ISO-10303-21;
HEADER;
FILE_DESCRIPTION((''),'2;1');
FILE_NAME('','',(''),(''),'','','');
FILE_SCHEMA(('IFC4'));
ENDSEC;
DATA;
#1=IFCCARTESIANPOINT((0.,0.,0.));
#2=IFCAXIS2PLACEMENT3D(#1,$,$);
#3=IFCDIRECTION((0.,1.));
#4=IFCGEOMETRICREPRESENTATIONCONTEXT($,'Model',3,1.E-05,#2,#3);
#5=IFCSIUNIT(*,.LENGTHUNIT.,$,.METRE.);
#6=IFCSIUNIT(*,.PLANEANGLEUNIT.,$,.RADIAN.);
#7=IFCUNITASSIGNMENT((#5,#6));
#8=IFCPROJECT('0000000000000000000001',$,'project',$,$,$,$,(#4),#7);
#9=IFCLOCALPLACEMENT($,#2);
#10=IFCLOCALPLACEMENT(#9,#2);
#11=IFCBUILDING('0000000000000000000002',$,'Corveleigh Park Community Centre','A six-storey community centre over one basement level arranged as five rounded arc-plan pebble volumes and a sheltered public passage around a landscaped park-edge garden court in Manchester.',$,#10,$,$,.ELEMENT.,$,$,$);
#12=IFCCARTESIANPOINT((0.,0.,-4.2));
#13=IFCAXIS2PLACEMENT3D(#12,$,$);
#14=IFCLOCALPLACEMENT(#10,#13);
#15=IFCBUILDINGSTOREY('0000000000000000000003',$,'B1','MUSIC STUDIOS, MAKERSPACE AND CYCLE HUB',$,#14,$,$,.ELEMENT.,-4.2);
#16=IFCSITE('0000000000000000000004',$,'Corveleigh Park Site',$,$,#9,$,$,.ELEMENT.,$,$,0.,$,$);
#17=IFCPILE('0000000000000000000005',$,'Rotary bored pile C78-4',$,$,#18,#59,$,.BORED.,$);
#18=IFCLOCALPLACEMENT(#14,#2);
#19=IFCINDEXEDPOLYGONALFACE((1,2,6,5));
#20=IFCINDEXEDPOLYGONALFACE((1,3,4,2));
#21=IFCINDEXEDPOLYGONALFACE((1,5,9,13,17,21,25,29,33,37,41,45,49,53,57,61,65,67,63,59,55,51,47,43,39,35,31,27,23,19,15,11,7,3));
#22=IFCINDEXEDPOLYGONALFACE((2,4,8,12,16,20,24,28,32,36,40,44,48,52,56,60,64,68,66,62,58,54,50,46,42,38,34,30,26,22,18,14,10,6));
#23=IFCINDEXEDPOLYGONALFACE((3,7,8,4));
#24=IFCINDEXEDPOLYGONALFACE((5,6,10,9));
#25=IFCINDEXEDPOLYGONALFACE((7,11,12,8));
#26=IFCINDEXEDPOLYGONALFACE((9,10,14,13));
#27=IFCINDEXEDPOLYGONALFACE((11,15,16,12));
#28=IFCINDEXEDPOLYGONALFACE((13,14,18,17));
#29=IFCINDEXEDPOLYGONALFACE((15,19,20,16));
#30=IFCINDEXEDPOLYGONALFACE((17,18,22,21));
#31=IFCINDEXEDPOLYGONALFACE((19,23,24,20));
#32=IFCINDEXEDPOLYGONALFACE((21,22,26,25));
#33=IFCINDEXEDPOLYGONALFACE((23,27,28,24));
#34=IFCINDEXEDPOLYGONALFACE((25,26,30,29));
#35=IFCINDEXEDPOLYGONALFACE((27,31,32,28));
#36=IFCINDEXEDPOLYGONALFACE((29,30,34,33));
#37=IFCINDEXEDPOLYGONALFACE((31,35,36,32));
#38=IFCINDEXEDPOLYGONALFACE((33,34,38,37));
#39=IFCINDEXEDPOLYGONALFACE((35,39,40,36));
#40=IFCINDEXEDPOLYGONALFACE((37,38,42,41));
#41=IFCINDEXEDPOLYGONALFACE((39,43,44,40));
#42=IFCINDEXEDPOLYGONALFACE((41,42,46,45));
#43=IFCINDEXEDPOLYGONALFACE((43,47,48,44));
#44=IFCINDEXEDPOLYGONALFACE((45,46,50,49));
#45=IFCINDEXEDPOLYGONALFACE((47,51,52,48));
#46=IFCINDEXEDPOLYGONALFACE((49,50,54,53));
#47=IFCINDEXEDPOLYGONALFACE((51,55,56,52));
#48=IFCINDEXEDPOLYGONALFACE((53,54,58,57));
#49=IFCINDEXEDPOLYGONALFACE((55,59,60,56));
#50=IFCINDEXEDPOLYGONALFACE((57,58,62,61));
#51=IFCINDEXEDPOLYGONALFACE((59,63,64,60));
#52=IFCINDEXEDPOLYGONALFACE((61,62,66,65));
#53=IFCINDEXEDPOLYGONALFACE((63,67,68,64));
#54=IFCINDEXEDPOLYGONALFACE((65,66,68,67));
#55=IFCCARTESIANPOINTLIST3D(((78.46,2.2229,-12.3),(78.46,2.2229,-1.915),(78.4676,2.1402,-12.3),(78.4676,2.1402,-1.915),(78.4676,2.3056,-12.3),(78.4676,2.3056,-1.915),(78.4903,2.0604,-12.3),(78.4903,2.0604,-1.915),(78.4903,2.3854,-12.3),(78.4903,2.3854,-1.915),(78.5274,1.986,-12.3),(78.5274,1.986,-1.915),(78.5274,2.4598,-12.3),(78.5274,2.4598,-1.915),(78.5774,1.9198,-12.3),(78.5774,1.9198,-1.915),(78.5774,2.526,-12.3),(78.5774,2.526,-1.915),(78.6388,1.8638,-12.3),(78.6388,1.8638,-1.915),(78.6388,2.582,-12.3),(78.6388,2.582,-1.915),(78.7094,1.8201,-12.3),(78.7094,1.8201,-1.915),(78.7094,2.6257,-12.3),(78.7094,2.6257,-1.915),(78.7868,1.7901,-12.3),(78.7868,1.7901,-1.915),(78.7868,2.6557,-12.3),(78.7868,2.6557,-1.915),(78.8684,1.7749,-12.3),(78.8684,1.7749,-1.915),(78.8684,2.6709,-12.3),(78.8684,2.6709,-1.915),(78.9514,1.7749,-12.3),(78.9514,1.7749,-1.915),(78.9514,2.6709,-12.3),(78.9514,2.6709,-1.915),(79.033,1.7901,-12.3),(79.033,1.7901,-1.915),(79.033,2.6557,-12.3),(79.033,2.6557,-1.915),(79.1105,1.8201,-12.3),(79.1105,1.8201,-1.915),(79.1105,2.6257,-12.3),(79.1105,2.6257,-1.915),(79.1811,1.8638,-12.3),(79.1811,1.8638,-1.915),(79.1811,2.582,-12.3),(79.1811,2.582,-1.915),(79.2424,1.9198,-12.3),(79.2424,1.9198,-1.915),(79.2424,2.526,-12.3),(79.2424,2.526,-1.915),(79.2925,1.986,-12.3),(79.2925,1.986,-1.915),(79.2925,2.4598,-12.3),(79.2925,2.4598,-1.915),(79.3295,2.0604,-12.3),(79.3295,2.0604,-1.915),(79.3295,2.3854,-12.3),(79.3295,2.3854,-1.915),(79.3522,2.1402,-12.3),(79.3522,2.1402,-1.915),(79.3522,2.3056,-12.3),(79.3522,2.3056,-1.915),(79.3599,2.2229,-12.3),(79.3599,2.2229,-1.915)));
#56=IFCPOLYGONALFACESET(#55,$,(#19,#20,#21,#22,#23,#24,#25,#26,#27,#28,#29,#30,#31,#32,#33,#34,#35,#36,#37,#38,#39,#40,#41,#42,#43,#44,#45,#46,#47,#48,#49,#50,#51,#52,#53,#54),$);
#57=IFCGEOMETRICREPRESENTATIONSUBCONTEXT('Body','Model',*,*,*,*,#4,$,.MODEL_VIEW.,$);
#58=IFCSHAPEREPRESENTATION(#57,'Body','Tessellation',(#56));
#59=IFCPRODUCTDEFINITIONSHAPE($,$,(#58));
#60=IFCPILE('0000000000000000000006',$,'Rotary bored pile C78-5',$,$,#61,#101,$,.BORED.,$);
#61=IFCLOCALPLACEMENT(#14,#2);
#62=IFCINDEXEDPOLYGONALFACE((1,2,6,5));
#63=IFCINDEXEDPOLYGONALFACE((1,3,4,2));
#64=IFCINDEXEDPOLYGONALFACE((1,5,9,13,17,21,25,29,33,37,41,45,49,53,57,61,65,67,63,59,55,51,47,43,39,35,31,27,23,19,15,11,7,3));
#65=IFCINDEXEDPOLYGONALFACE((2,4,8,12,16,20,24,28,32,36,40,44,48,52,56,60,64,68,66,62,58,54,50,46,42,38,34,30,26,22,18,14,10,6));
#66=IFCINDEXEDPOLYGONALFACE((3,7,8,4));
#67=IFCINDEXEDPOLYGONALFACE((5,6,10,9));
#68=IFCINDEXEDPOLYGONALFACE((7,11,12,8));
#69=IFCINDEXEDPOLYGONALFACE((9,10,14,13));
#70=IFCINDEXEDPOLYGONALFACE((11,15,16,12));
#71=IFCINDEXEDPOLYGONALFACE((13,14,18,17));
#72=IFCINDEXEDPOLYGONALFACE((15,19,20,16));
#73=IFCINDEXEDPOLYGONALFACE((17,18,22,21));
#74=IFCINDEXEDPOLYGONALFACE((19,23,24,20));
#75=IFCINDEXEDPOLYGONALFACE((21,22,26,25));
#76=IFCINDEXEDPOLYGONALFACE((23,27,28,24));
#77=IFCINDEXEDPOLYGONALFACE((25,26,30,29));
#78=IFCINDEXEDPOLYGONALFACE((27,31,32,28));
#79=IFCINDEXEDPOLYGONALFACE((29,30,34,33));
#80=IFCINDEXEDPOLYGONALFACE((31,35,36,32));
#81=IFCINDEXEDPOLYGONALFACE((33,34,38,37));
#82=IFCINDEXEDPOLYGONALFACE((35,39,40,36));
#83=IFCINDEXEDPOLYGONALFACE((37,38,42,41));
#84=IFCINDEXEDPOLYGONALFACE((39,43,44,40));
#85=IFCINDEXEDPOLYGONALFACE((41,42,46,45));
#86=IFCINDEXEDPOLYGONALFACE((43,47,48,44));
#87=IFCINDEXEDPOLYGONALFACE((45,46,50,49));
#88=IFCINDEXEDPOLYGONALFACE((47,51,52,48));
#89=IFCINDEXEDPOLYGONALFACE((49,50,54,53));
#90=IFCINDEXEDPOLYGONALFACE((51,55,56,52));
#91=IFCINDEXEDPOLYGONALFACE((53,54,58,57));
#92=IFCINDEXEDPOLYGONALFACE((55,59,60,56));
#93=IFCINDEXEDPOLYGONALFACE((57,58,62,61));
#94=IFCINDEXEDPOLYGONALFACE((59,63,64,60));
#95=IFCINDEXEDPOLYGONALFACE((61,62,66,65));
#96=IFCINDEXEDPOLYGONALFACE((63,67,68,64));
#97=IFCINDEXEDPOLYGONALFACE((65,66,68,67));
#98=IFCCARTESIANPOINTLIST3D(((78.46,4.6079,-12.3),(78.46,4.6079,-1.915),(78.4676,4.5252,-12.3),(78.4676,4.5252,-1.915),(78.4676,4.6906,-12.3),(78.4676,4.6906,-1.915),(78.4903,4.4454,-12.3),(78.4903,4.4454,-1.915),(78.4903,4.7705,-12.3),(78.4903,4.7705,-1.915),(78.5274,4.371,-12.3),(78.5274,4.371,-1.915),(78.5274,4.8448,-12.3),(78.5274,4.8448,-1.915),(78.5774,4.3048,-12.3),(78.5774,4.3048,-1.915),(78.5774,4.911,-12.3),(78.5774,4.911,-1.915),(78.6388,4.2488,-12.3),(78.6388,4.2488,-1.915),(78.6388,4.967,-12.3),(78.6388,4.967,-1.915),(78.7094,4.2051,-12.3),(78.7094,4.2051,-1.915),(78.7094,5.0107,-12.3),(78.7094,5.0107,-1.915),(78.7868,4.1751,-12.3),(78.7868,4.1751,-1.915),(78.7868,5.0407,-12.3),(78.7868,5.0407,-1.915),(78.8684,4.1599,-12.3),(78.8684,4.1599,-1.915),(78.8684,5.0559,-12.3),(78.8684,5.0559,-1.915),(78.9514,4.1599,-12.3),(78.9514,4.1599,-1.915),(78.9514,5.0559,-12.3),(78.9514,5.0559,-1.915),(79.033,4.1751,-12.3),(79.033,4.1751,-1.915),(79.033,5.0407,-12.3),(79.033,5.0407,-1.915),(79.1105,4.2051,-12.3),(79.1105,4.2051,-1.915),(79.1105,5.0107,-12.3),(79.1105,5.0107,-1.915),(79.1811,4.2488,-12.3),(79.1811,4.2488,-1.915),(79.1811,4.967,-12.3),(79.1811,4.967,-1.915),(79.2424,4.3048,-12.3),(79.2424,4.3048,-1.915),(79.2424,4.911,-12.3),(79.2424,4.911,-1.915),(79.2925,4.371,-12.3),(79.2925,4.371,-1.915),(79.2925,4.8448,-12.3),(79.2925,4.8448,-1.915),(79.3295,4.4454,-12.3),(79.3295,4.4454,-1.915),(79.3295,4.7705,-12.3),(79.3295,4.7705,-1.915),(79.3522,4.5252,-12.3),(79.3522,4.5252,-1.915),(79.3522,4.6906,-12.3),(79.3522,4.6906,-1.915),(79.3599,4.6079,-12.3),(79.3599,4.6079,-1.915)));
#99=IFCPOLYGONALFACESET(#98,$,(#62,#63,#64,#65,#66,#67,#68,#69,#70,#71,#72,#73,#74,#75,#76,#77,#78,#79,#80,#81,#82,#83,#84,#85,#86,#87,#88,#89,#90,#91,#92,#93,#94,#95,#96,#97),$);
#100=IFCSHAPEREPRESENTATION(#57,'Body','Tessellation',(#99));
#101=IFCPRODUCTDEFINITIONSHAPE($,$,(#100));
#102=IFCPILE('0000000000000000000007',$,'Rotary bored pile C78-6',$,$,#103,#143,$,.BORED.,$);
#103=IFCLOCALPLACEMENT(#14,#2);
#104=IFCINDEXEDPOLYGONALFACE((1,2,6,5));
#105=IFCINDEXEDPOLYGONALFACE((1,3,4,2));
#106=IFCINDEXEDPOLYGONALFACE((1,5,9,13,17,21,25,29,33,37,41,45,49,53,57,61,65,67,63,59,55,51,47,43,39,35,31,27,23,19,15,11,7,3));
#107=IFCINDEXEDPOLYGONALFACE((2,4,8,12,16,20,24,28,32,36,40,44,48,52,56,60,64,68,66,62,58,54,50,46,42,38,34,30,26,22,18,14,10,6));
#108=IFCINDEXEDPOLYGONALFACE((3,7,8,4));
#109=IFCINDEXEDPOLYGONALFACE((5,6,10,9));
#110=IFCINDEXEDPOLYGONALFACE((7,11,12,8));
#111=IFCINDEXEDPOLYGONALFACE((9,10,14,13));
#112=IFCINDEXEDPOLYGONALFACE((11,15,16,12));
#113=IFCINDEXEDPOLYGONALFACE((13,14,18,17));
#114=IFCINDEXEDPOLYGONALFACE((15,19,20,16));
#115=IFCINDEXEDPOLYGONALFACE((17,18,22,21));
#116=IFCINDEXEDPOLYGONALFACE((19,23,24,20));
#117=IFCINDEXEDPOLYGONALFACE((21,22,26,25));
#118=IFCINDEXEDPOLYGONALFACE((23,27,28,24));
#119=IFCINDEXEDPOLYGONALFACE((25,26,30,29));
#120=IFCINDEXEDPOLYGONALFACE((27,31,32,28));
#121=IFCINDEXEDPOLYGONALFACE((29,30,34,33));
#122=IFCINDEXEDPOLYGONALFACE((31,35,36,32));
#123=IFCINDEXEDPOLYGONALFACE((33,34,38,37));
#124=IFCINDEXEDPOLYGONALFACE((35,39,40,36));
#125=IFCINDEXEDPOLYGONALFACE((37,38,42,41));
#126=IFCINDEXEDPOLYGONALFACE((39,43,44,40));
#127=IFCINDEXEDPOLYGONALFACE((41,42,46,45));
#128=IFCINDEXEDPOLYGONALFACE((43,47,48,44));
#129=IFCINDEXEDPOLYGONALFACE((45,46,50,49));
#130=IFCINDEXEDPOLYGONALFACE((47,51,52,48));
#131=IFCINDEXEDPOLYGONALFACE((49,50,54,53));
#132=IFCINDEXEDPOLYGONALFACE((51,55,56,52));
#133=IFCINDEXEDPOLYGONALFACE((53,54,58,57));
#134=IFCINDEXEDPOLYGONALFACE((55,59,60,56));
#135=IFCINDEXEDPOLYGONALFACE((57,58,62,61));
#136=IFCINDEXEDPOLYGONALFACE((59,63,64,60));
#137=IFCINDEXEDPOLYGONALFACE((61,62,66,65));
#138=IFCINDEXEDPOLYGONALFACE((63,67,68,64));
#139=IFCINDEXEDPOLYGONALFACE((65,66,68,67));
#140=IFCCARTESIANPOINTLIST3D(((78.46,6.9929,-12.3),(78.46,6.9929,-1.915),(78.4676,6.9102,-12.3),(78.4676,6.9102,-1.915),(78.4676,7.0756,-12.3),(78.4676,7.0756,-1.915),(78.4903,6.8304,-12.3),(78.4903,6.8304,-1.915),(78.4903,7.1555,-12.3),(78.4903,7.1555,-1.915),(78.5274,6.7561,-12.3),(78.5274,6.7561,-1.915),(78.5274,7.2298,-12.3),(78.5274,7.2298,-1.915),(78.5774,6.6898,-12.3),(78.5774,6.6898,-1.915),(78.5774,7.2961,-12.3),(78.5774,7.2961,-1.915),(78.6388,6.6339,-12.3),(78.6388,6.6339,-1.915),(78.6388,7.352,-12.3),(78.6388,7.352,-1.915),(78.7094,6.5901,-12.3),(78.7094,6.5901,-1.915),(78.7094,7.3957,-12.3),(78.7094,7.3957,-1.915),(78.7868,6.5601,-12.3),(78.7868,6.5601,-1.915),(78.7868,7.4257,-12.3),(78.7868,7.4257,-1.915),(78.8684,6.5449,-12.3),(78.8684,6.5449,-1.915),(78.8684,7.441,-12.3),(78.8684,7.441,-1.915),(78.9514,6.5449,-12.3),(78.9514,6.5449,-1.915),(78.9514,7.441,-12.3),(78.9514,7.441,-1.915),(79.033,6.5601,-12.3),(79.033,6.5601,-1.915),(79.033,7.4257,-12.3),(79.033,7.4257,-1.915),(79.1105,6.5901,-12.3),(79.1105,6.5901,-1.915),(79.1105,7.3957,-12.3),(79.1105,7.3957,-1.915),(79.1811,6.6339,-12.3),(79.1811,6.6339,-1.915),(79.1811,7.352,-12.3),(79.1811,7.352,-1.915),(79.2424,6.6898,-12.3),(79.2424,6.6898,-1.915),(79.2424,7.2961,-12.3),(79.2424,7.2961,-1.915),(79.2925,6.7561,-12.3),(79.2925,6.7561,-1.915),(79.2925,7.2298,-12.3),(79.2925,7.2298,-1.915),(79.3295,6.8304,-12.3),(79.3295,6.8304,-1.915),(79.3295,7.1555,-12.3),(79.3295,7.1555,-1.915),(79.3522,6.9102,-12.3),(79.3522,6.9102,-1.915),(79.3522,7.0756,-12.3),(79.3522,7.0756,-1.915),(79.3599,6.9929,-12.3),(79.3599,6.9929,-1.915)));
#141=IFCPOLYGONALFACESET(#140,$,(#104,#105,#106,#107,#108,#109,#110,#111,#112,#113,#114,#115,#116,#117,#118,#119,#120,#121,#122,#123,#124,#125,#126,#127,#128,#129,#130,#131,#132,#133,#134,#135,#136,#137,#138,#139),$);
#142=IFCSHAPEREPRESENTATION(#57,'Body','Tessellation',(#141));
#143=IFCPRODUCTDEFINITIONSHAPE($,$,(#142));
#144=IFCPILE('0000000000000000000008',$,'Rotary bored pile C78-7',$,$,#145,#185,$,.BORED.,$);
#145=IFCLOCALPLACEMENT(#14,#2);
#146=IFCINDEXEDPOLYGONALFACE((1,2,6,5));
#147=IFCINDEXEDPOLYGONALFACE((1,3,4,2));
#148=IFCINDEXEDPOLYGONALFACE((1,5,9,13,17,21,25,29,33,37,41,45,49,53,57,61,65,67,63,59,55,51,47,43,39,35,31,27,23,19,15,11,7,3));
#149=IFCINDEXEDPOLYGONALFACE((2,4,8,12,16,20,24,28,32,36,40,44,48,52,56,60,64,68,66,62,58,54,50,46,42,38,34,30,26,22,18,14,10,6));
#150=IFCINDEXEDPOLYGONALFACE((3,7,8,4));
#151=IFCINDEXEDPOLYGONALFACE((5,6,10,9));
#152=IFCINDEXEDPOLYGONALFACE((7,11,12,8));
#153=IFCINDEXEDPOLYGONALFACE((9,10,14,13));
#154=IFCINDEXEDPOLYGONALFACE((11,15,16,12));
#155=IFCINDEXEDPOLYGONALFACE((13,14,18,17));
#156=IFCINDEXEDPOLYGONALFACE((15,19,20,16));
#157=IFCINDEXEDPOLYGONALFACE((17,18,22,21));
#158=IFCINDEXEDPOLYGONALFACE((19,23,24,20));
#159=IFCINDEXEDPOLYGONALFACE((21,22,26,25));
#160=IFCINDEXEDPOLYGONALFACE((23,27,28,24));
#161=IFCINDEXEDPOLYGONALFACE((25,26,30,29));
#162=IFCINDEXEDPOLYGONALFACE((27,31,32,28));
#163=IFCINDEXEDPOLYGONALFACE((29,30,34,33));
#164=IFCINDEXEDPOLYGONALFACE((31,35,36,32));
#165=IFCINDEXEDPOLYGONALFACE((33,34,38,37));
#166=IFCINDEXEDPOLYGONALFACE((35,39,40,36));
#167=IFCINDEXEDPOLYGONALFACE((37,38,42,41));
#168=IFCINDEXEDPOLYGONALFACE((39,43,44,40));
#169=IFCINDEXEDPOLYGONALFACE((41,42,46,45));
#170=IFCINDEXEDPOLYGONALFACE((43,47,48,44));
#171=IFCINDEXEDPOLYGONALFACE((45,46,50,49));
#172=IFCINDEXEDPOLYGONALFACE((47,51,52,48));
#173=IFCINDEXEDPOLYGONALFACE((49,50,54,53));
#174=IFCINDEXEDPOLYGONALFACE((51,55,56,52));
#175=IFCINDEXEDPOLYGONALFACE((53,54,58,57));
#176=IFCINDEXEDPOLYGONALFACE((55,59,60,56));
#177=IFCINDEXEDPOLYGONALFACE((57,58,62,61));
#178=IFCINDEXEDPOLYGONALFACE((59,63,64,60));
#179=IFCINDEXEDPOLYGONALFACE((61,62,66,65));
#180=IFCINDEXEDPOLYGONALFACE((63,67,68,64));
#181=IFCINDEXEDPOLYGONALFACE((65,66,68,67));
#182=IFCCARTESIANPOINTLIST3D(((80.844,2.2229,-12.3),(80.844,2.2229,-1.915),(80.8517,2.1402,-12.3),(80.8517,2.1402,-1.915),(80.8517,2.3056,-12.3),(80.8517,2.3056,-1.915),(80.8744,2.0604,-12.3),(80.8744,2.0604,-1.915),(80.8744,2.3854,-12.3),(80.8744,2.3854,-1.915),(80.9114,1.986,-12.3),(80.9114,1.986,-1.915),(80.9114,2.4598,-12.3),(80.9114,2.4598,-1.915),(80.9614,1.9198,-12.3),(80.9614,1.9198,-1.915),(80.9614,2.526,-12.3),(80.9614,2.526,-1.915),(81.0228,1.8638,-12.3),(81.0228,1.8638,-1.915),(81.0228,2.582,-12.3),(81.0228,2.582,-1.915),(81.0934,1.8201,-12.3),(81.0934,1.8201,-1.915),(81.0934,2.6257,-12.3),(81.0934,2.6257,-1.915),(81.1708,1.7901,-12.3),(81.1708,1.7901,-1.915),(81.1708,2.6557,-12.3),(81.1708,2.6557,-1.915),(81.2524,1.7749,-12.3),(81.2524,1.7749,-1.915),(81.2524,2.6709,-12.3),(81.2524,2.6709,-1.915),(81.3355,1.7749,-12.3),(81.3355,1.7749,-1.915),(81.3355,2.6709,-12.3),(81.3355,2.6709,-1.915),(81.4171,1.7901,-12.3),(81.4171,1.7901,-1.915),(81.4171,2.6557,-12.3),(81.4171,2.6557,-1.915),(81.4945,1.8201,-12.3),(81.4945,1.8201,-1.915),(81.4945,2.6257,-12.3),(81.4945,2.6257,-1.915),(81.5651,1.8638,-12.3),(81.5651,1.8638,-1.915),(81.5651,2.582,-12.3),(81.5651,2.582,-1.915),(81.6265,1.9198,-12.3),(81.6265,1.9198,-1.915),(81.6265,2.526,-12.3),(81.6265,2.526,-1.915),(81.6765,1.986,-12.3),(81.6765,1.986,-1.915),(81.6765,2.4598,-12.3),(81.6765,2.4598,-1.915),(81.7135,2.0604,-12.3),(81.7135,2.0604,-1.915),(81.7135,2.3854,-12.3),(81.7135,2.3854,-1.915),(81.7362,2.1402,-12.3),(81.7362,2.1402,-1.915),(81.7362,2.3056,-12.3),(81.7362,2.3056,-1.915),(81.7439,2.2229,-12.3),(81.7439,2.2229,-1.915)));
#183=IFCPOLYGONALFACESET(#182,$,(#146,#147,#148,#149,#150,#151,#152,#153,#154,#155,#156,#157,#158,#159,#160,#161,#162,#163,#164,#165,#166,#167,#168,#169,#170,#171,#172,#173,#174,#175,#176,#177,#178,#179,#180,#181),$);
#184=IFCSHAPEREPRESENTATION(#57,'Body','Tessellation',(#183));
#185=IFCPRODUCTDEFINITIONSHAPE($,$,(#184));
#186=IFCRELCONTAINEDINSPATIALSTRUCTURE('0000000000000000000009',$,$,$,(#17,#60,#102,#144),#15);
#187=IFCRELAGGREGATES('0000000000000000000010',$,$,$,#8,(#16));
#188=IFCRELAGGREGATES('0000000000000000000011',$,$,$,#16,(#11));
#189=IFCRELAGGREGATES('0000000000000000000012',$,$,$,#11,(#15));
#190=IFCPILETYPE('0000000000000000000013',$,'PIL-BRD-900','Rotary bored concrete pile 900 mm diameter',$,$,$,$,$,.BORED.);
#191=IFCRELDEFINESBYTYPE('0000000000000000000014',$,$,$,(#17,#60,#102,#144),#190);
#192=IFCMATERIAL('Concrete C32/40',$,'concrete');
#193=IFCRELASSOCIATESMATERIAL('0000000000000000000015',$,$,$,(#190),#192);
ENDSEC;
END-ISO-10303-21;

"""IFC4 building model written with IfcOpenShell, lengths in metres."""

from ifc_helpers import new_model, si_unit, direction, frame, origin, origin_2d, place, context, subcontext, project, spatial, circle, extrude, material, material_profile, profile_set, type_object, element, save


model = new_model("IFC4")

# Units and contexts
model_context = context("Model", 3, precision=1e-05, world=origin(), true_north=direction((0.0, 1.0)))
body_context = subcontext(model_context, "Body", "Model", "MODEL_VIEW")
ifc_project = project(units=[si_unit("LENGTHUNIT", "METRE"), si_unit("PLANEANGLEUNIT", "RADIAN")], contexts=[model_context])

# Site, building, storey
site_placement = place(None, origin())
site = spatial("IfcSite", under=ifc_project, at=site_placement, Name="Corveleigh Park Site", CompositionType="ELEMENT", RefElevation=0.0)
building_placement = place(site_placement, origin())
building = spatial("IfcBuilding", under=site, at=building_placement, Name="Corveleigh Park Community Centre", Description="A six-storey community centre over one basement level arranged as five rounded arc-plan pebble volumes and a sheltered public passage around a landscaped park-edge garden court in Manchester.", CompositionType="ELEMENT")
storey_placement = place(building_placement, frame((0.0, 0.0, -4.2)))
storey = spatial("IfcBuildingStorey", under=building, at=storey_placement, Name="B1", Description="MUSIC STUDIOS, MAKERSPACE AND CYCLE HUB", CompositionType="ELEMENT", Elevation=-4.2)

# Piles
ifc_material_1 = material(Name="Concrete C32/40", Category="concrete")
ifc_material_profile_1 = material_profile(ifc_material_1, circle(Radius=0.45, at=origin_2d()), Name="BORED-PILE-900", Category="concrete")
ifc_profile_set_1 = profile_set([ifc_material_profile_1], Name="Concrete C32/40")
pile_type = type_object("IfcPileType", Name="PIL-BRD-900", Description="Rotary bored concrete pile 900 mm diameter", PredefinedType="BORED", material=ifc_profile_set_1)
for number, where, z_axis, x_axis, name in (
    (1, (78.9099, 2.2229, -1.915), (0.0, 0.0, -1.0), (1.0, 0.0, 0.0), "Rotary bored pile C78-4"),
    (2, (78.9099, 4.6079, -1.915), (0.0, 0.0, -1.0), (1.0, 0.0, 0.0), "Rotary bored pile C78-5"),
    (3, (78.9099, 6.9929, -1.915), (0.0, 0.0, -1.0), (1.0, 0.0, 0.0), "Rotary bored pile C78-6"),
    (4, (81.2939, 2.2229, -1.915), (0.0, 0.0, -1.0), (1.0, 0.0, 0.0), "Rotary bored pile C78-7"),
):
    element("IfcPile", number, at=place(storey_placement, frame(where, z_axis=z_axis, x_axis=x_axis)), inside=storey, type_object=pile_type, Name=name, PredefinedType="BORED", context=body_context, shape_type="SweptSolid", body=[
        extrude(circle(Radius=0.45, at=origin_2d()), origin(), (0.0, 0.0, 1.0), 10.385),
    ])

save(model, "model.ifc")
